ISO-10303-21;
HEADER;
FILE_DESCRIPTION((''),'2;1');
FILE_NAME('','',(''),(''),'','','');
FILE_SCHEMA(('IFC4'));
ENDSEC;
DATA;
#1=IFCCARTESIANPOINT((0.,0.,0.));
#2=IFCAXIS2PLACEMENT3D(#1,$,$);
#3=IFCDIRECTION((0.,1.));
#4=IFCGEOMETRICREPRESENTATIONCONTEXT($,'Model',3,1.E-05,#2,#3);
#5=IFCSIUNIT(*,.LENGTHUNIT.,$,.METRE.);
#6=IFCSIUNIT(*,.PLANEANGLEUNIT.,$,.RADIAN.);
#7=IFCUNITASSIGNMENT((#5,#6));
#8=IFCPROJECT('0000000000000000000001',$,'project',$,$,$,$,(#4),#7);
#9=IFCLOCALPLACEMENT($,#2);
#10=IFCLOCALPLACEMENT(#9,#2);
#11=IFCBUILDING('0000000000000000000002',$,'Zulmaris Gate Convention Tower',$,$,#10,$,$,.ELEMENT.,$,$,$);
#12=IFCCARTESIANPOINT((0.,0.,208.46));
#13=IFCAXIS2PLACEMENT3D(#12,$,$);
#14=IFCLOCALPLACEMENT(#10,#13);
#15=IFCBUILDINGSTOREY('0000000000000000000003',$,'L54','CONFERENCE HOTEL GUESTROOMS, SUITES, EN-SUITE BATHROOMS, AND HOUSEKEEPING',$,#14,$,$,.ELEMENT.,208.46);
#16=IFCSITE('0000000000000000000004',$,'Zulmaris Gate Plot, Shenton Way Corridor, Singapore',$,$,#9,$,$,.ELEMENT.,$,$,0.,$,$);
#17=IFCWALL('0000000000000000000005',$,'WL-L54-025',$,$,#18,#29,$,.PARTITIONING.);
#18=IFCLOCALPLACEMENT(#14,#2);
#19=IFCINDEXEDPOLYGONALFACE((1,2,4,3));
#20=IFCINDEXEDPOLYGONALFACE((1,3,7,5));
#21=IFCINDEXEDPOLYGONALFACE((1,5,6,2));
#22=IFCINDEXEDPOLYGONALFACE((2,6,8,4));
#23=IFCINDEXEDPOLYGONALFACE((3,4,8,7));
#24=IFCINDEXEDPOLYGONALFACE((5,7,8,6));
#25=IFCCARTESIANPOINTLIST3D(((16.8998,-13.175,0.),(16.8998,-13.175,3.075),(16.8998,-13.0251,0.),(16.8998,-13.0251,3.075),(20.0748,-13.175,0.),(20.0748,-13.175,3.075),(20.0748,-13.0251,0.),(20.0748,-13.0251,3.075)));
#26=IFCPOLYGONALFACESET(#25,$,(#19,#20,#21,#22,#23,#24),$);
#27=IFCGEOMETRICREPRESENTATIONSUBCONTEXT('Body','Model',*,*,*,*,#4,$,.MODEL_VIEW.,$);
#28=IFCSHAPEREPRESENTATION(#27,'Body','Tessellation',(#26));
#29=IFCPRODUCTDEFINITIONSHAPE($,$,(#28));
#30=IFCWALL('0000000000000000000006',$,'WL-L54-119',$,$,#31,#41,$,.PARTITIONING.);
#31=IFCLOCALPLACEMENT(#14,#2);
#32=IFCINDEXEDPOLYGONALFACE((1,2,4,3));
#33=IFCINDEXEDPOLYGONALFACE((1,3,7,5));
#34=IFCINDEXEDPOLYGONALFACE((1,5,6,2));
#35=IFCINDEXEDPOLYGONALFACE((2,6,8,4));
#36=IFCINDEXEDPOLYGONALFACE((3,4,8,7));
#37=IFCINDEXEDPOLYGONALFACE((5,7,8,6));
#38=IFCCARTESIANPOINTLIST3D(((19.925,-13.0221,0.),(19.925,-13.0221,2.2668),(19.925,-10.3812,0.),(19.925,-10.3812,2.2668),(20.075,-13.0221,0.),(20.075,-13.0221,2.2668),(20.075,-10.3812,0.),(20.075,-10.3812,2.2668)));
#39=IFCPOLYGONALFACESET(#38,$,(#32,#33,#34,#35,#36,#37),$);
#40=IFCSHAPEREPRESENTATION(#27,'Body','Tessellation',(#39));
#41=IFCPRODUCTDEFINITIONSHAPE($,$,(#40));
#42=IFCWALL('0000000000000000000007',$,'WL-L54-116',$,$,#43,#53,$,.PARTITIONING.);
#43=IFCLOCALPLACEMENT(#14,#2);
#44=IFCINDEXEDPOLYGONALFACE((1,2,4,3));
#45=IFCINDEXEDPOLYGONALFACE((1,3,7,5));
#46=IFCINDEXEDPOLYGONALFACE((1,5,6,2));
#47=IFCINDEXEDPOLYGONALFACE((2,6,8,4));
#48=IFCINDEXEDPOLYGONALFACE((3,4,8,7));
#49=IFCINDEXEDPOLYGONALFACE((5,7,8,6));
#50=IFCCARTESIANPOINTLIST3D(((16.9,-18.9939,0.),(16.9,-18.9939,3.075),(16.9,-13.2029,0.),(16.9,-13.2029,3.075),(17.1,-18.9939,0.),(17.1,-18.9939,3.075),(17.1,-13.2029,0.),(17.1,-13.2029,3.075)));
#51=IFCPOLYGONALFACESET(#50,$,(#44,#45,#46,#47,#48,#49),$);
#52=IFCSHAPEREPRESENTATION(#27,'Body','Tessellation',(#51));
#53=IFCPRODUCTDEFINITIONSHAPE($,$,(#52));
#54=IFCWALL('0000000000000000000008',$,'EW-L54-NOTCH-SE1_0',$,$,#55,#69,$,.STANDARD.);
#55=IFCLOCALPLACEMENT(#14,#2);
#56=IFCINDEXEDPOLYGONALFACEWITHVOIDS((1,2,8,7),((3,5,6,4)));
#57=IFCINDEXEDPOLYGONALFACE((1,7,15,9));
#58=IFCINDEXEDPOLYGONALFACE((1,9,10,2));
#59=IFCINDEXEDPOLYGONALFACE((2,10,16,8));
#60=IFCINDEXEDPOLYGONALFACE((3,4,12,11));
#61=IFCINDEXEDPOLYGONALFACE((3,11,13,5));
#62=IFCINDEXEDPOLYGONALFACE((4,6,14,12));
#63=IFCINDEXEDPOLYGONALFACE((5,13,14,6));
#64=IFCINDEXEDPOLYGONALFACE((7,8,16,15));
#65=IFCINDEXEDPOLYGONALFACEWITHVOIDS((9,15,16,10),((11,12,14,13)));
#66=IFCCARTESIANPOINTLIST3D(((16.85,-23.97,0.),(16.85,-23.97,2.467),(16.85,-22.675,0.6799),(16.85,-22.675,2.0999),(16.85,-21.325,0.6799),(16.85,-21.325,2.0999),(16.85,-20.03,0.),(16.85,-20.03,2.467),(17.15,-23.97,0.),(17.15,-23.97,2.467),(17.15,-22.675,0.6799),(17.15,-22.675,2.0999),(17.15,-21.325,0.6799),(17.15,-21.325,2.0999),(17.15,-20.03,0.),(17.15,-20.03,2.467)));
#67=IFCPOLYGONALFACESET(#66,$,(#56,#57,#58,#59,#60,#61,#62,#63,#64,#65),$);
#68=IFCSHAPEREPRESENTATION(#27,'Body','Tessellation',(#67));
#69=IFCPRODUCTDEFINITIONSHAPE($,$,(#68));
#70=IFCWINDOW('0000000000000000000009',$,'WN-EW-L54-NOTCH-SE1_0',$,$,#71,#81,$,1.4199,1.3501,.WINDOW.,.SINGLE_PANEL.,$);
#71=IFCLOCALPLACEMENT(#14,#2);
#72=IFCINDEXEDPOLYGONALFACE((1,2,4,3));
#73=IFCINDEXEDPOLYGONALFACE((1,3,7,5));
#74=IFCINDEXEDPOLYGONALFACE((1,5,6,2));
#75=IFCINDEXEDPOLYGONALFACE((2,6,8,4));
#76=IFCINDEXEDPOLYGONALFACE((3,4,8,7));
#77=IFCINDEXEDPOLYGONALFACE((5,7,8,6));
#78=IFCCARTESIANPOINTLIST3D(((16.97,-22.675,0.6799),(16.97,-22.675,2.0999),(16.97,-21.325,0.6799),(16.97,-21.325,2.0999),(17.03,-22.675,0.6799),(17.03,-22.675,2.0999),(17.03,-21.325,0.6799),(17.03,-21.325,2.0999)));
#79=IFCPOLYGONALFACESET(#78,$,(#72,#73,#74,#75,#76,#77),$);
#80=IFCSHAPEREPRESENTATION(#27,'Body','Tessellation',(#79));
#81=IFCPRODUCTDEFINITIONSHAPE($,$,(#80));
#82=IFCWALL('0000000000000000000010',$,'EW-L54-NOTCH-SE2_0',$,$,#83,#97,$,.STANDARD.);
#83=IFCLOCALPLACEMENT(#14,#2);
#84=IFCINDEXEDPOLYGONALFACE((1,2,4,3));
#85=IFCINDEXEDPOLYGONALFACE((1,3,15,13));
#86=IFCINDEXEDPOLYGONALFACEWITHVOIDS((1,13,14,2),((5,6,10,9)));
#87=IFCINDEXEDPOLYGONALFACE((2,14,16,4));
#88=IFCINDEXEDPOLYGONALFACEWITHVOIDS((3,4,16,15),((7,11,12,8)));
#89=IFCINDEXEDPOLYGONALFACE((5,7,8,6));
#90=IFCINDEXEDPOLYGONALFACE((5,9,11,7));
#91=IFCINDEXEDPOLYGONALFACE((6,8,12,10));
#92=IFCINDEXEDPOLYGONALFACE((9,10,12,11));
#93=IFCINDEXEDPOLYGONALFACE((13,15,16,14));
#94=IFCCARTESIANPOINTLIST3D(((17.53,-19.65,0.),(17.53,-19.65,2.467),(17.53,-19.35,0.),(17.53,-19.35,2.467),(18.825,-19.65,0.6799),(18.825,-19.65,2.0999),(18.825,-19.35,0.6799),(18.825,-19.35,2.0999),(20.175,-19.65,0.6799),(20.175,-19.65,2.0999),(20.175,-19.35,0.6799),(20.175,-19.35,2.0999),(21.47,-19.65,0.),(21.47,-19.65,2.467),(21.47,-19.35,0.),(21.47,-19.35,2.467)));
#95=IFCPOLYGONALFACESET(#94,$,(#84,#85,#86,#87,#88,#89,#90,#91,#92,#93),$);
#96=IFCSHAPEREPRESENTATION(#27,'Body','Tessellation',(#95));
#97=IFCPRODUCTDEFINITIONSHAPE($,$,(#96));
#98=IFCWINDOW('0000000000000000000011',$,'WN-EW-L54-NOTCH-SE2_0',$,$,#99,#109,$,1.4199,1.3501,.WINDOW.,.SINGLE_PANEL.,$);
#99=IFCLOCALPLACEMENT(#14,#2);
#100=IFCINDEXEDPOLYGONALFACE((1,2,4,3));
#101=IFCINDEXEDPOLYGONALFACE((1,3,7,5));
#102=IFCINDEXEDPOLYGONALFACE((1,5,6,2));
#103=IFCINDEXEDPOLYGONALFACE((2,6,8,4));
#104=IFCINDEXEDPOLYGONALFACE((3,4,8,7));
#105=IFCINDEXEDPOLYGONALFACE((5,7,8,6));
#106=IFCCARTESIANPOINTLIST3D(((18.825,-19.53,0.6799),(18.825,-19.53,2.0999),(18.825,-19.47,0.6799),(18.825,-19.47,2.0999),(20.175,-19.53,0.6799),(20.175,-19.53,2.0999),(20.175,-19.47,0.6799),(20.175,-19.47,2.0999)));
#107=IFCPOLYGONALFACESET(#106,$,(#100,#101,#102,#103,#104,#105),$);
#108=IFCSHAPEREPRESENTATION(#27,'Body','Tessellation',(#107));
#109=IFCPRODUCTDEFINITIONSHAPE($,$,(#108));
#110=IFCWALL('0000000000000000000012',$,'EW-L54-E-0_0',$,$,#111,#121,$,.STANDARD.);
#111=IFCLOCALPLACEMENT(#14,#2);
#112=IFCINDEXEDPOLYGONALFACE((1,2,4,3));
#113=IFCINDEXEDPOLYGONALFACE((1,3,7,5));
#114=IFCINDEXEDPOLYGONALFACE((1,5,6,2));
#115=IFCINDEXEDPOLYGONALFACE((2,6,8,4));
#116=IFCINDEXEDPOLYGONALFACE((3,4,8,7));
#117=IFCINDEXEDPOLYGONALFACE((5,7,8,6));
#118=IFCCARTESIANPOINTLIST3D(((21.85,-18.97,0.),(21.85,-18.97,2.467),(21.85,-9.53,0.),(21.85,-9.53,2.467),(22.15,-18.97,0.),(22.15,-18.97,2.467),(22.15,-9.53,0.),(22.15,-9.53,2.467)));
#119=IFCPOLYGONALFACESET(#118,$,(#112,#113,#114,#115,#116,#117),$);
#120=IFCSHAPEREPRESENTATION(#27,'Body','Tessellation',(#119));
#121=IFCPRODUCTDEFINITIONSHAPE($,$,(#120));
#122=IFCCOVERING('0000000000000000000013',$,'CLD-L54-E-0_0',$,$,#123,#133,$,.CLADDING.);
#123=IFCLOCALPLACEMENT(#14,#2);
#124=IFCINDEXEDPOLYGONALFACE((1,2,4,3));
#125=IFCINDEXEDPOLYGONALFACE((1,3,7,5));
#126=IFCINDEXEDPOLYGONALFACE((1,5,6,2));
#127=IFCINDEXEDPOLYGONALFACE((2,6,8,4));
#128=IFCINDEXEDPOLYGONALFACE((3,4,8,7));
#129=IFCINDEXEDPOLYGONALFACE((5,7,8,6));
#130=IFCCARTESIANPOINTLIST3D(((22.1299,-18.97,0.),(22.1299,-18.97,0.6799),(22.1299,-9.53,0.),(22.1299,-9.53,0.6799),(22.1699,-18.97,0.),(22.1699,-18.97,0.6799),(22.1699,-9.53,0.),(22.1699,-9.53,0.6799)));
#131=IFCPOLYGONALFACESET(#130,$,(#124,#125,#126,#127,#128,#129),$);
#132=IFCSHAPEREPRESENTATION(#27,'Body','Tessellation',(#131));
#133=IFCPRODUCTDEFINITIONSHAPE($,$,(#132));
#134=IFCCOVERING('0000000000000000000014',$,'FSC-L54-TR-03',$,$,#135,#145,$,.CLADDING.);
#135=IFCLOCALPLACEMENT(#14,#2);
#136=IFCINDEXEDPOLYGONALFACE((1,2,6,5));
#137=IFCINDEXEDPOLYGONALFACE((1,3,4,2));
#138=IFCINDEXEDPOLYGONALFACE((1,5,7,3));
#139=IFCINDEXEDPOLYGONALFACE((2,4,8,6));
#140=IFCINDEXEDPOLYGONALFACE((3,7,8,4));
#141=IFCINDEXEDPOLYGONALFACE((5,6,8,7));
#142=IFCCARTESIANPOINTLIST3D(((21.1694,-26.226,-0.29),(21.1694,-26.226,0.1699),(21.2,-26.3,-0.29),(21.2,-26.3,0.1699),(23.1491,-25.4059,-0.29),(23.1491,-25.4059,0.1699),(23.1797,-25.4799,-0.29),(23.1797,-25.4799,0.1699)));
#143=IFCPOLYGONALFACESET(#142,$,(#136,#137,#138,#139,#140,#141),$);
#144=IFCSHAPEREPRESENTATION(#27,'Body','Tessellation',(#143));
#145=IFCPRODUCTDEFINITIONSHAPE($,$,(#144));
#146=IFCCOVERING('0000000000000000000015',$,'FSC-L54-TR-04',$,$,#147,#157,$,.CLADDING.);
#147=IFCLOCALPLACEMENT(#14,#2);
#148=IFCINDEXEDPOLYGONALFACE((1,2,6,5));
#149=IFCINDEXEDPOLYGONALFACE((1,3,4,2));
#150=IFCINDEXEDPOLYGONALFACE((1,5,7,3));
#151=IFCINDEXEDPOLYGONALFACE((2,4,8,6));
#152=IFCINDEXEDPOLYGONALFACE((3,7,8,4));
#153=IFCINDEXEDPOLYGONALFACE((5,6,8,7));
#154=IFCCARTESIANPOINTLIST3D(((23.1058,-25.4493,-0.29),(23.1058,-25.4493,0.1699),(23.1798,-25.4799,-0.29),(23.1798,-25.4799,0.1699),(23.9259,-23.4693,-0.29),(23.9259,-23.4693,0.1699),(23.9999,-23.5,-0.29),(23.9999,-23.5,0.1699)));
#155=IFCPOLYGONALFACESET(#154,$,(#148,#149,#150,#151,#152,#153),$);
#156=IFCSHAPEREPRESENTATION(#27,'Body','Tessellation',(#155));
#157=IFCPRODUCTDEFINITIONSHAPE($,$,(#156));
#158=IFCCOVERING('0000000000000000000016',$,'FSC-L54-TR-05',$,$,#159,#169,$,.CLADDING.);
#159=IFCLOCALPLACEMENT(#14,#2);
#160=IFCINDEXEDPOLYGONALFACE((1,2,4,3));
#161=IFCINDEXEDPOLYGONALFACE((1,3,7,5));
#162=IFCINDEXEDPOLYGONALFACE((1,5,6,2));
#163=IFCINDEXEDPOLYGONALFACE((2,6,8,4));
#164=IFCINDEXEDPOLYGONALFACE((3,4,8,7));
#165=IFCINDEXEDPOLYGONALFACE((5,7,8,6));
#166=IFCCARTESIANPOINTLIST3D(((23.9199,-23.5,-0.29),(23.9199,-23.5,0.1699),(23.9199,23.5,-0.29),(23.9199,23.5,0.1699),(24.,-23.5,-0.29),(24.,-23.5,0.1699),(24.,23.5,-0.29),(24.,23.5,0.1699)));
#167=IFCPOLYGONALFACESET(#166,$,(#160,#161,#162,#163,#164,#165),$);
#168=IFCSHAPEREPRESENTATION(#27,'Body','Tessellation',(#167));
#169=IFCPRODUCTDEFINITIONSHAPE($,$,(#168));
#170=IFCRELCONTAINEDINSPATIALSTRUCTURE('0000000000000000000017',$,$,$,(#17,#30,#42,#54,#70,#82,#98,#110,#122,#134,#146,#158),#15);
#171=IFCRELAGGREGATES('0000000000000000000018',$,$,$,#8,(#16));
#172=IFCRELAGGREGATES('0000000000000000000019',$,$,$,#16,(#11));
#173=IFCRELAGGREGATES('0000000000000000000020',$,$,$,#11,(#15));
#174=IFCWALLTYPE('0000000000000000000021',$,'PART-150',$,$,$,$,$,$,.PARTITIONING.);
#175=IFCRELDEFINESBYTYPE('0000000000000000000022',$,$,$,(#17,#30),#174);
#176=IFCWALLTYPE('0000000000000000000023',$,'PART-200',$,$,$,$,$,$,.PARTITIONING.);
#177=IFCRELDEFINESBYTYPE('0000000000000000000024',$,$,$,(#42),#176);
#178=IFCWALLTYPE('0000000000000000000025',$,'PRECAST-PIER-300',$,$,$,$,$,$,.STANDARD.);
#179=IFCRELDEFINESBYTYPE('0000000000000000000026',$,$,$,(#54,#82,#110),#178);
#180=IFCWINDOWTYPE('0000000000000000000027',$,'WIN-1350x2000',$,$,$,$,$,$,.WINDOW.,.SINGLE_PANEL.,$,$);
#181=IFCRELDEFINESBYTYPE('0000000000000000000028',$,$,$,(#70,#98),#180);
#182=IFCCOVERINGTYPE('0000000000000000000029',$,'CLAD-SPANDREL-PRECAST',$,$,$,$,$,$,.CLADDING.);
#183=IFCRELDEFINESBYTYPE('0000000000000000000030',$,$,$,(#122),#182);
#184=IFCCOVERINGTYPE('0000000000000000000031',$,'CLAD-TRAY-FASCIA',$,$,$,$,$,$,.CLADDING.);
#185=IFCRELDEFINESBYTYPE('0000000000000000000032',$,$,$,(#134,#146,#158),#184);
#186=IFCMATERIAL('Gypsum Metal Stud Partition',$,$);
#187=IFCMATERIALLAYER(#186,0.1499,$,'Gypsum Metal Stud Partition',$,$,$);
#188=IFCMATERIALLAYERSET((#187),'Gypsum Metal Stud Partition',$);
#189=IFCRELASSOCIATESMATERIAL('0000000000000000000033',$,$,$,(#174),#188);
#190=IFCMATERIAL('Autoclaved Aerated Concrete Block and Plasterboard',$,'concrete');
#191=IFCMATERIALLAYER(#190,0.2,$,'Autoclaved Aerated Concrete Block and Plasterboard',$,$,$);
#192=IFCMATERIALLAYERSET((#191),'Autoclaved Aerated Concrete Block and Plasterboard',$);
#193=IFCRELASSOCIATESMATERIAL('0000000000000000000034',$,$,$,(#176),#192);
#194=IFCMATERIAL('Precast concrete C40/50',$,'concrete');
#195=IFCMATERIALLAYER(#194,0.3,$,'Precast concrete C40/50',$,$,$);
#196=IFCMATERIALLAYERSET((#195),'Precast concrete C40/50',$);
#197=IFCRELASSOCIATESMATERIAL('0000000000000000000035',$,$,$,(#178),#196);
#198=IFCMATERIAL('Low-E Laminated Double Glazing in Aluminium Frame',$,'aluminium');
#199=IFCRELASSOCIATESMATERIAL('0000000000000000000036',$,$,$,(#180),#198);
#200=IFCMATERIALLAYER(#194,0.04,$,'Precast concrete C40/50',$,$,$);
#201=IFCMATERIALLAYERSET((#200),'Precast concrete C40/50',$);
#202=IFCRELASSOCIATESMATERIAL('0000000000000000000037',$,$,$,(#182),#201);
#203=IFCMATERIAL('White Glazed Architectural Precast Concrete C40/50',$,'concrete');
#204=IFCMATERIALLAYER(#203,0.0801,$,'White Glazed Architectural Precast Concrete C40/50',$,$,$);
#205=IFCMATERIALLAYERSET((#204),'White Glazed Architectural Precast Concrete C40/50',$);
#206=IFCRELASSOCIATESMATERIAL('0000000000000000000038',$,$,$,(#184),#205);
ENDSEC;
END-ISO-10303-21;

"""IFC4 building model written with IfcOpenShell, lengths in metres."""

from ifc_helpers import new_model, si_unit, direction, frame, frame_2d, origin, place, context, subcontext, project, spatial, rectangle, extrude, material, layer, layer_set, type_object, element, fill, save


model = new_model("IFC4")

# Units and contexts
model_context = context("Model", 3, precision=1e-05, world=origin(), true_north=direction((0.0, 1.0)))
body_context = subcontext(model_context, "Body", "Model", "MODEL_VIEW")
ifc_project = project(units=[si_unit("LENGTHUNIT", "METRE"), si_unit("PLANEANGLEUNIT", "RADIAN")], contexts=[model_context])

# Site, building, storey
site_placement = place(None, origin())
site = spatial("IfcSite", under=ifc_project, at=site_placement, Name="Zulmaris Gate Plot, Shenton Way Corridor, Singapore", CompositionType="ELEMENT", RefElevation=0.0)
building_placement = place(site_placement, origin())
building = spatial("IfcBuilding", under=site, at=building_placement, Name="Zulmaris Gate Convention Tower", CompositionType="ELEMENT")
storey_placement = place(building_placement, frame((0.0, 0.0, 208.46)))
storey = spatial("IfcBuildingStorey", under=building, at=storey_placement, Name="L54", Description="CONFERENCE HOTEL GUESTROOMS, SUITES, EN-SUITE BATHROOMS, AND HOUSEKEEPING", CompositionType="ELEMENT", Elevation=208.46)

# Walls
ifc_material_1 = material(Name="Gypsum Metal Stud Partition")
ifc_layer_1 = layer(ifc_material_1, 0.1499, Name="Gypsum Metal Stud Partition")
ifc_layer_set_1 = layer_set([ifc_layer_1], Name="Gypsum Metal Stud Partition")
wall_type_1 = type_object("IfcWallType", Name="PART-150", PredefinedType="PARTITIONING", material=ifc_layer_set_1)
wall_1_placement = place(storey_placement, frame((16.8999, -13.1001, 0.0), z_axis=(0.0, 0.0, 1.0), x_axis=(1.0, 0.0, 0.0)))
element("IfcWall", 1, at=wall_1_placement, inside=storey, type_object=wall_type_1, Name="WL-L54-025", PredefinedType="PARTITIONING", context=body_context, shape_type="SweptSolid", body=[
    extrude(rectangle(XDim=3.175, YDim=0.1499, at=frame_2d((1.5874, 0.0))), origin(), (0.0, 0.0, 1.0), 3.075),
])
wall_2_placement = place(storey_placement, frame((20.0, -13.022, 0.0), z_axis=(0.0, 0.0, 1.0), x_axis=(0.0, 1.0, 0.0)))
element("IfcWall", 2, at=wall_2_placement, inside=storey, type_object=wall_type_1, Name="WL-L54-119", PredefinedType="PARTITIONING", context=body_context, shape_type="SweptSolid", body=[
    extrude(rectangle(XDim=2.6409, YDim=0.1499, at=frame_2d((1.3203, 0.0))), origin(), (0.0, 0.0, 1.0), 2.2668),
])
ifc_material_2 = material(Name="Autoclaved Aerated Concrete Block and Plasterboard", Category="concrete")
ifc_layer_2 = layer(ifc_material_2, 0.2, Name="Autoclaved Aerated Concrete Block and Plasterboard")
ifc_layer_set_2 = layer_set([ifc_layer_2], Name="Autoclaved Aerated Concrete Block and Plasterboard")
wall_type_2 = type_object("IfcWallType", Name="PART-200", PredefinedType="PARTITIONING", material=ifc_layer_set_2)
wall_3_placement = place(storey_placement, frame((17.0, -18.9939, 0.0), z_axis=(0.0, 0.0, 1.0), x_axis=(0.0, 1.0, 0.0)))
element("IfcWall", 3, at=wall_3_placement, inside=storey, type_object=wall_type_2, Name="WL-L54-116", PredefinedType="PARTITIONING", context=body_context, shape_type="SweptSolid", body=[
    extrude(rectangle(XDim=5.791, YDim=0.2, at=frame_2d((2.8955, 0.0))), origin(), (0.0, 0.0, 1.0), 3.075),
])

# Walls, openings, windows
ifc_material_3 = material(Name="Precast concrete C40/50", Category="concrete")
ifc_layer_3 = layer(ifc_material_3, 0.3, Name="Precast concrete C40/50")
ifc_layer_set_3 = layer_set([ifc_layer_3], Name="Precast concrete C40/50")
wall_type_3 = type_object("IfcWallType", Name="PRECAST-PIER-300", PredefinedType="STANDARD", material=ifc_layer_set_3)
wall_4_placement = place(storey_placement, frame((17.0, -23.97, 0.0), z_axis=(0.0, 0.0, 1.0), x_axis=(0.0, 1.0, 0.0)))
wall_4 = element("IfcWall", 4, at=wall_4_placement, inside=storey, type_object=wall_type_3, Name="EW-L54-NOTCH-SE1_0", PredefinedType="STANDARD", context=body_context, shape_type="SweptSolid", body=[
    extrude(rectangle(XDim=3.9399, YDim=0.3, at=frame_2d((1.97, 0.0))), origin(), (0.0, 0.0, 1.0), 2.467),
])
opening_1_placement = place(wall_4_placement, frame((1.2949, 0.0, 0.6799)))
opening_1 = element("IfcOpeningElement", 5, at=opening_1_placement, cuts=wall_4, PredefinedType="OPENING", context=body_context, shape_type="SweptSolid", body=[
    extrude(rectangle(XDim=1.3501, YDim=1.4199, at=frame_2d((0.675, 0.71))), frame((0.0, 0.1602, 0.0), z_axis=(0.0, -1.0, 0.0), x_axis=(1.0, 0.0, 0.0)), (0.0, 0.0, 1.0), 0.3201),
])
ifc_material_4 = material(Name="Low-E Laminated Double Glazing in Aluminium Frame", Category="aluminium")
window_type = type_object("IfcWindowType", Name="WIN-1350x2000", PartitioningType="SINGLE_PANEL", PredefinedType="WINDOW", material=ifc_material_4)
window_1_placement = place(opening_1_placement, origin())
window_1 = element("IfcWindow", 6, at=window_1_placement, inside=storey, type_object=window_type, Name="WN-EW-L54-NOTCH-SE1_0", OverallHeight=1.4199, OverallWidth=1.3501, PartitioningType="SINGLE_PANEL", PredefinedType="WINDOW", context=body_context, shape_type="SweptSolid", body=[
    extrude(rectangle(XDim=1.3501, YDim=1.4199, at=frame_2d((0.675, 0.71))), frame((0.0, 0.03, 0.0), z_axis=(0.0, -1.0, 0.0), x_axis=(1.0, 0.0, 0.0)), (0.0, 0.0, 1.0), 0.0601),
])
fill(opening_1, window_1)
wall_5_placement = place(storey_placement, frame((17.53, -19.5, 0.0), z_axis=(0.0, 0.0, 1.0), x_axis=(1.0, 0.0, 0.0)))
wall_5 = element("IfcWall", 7, at=wall_5_placement, inside=storey, type_object=wall_type_3, Name="EW-L54-NOTCH-SE2_0", PredefinedType="STANDARD", context=body_context, shape_type="SweptSolid", body=[
    extrude(rectangle(XDim=3.9399, YDim=0.3, at=frame_2d((1.97, 0.0))), origin(), (0.0, 0.0, 1.0), 2.467),
])
opening_2_placement = place(wall_5_placement, frame((1.2949, 0.0, 0.6799)))
opening_2 = element("IfcOpeningElement", 8, at=opening_2_placement, cuts=wall_5, PredefinedType="OPENING", context=body_context, shape_type="SweptSolid", body=[
    extrude(rectangle(XDim=1.3501, YDim=1.4199, at=frame_2d((0.675, 0.71))), frame((0.0, 0.1602, 0.0), z_axis=(0.0, -1.0, 0.0), x_axis=(1.0, 0.0, 0.0)), (0.0, 0.0, 1.0), 0.3201),
])
window_2_placement = place(opening_2_placement, origin())
window_2 = element("IfcWindow", 9, at=window_2_placement, inside=storey, type_object=window_type, Name="WN-EW-L54-NOTCH-SE2_0", OverallHeight=1.4199, OverallWidth=1.3501, PartitioningType="SINGLE_PANEL", PredefinedType="WINDOW", context=body_context, shape_type="SweptSolid", body=[
    extrude(rectangle(XDim=1.3501, YDim=1.4199, at=frame_2d((0.675, 0.71))), frame((0.0, 0.03, 0.0), z_axis=(0.0, -1.0, 0.0), x_axis=(1.0, 0.0, 0.0)), (0.0, 0.0, 1.0), 0.0601),
])
fill(opening_2, window_2)

# Wall
wall_6_placement = place(storey_placement, frame((22.0, -18.97, 0.0), z_axis=(0.0, 0.0, 1.0), x_axis=(0.0, 1.0, 0.0)))
element("IfcWall", 10, at=wall_6_placement, inside=storey, type_object=wall_type_3, Name="EW-L54-E-0_0", PredefinedType="STANDARD", context=body_context, shape_type="SweptSolid", body=[
    extrude(rectangle(XDim=9.4399, YDim=0.3, at=frame_2d((4.72, 0.0))), origin(), (0.0, 0.0, 1.0), 2.467),
])

# Coverings
ifc_layer_4 = layer(ifc_material_3, 0.04, Name="Precast concrete C40/50")
ifc_layer_set_4 = layer_set([ifc_layer_4], Name="Precast concrete C40/50")
covering_type_1 = type_object("IfcCoveringType", Name="CLAD-SPANDREL-PRECAST", PredefinedType="CLADDING", material=ifc_layer_set_4)
covering_1_placement = place(storey_placement, frame((22.1499, -18.97, 0.0), z_axis=(0.0, 0.0, 1.0), x_axis=(0.0, 1.0, 0.0)))
element("IfcCovering", 11, at=covering_1_placement, inside=storey, type_object=covering_type_1, Name="CLD-L54-E-0_0", PredefinedType="CLADDING", context=body_context, shape_type="SweptSolid", body=[
    extrude(rectangle(XDim=9.4399, YDim=0.04, at=frame_2d((4.72, 0.0))), origin(), (0.0, 0.0, 1.0), 0.6799),
])
ifc_material_5 = material(Name="White Glazed Architectural Precast Concrete C40/50", Category="concrete")
ifc_layer_5 = layer(ifc_material_5, 0.0801, Name="White Glazed Architectural Precast Concrete C40/50")
ifc_layer_set_5 = layer_set([ifc_layer_5], Name="White Glazed Architectural Precast Concrete C40/50")
covering_type_2 = type_object("IfcCoveringType", Name="CLAD-TRAY-FASCIA", PredefinedType="CLADDING", material=ifc_layer_set_5)
covering_2_placement = place(storey_placement, frame((21.1848, -26.2629, -0.29), z_axis=(0.0, 0.0, 1.0), x_axis=(0.923874, 0.382697, 0.0)))
element("IfcCovering", 12, at=covering_2_placement, inside=storey, type_object=covering_type_2, Name="FSC-L54-TR-03", PredefinedType="CLADDING", context=body_context, shape_type="SweptSolid", body=[
    extrude(rectangle(XDim=2.1428, YDim=0.0801, at=frame_2d((1.0713, 0.0))), origin(), (0.0, 0.0, 1.0), 0.46),
])
covering_3_placement = place(storey_placement, frame((23.1428, -25.4646, -0.29), z_axis=(0.0, 0.0, 1.0), x_axis=(0.382657, 0.92389, 0.0)))
element("IfcCovering", 13, at=covering_3_placement, inside=storey, type_object=covering_type_2, Name="FSC-L54-TR-04", PredefinedType="CLADDING", context=body_context, shape_type="SweptSolid", body=[
    extrude(rectangle(XDim=2.1431, YDim=0.0801, at=frame_2d((1.0715, 0.0))), origin(), (0.0, 0.0, 1.0), 0.46),
])
covering_4_placement = place(storey_placement, frame((23.96, -23.5, -0.29), z_axis=(0.0, 0.0, 1.0), x_axis=(0.0, 1.0, 0.0)))
element("IfcCovering", 14, at=covering_4_placement, inside=storey, type_object=covering_type_2, Name="FSC-L54-TR-05", PredefinedType="CLADDING", context=body_context, shape_type="SweptSolid", body=[
    extrude(rectangle(XDim=47.0, YDim=0.0801, at=frame_2d((23.5, 0.0))), origin(), (0.0, 0.0, 1.0), 0.46),
])

save(model, "model.ifc")
